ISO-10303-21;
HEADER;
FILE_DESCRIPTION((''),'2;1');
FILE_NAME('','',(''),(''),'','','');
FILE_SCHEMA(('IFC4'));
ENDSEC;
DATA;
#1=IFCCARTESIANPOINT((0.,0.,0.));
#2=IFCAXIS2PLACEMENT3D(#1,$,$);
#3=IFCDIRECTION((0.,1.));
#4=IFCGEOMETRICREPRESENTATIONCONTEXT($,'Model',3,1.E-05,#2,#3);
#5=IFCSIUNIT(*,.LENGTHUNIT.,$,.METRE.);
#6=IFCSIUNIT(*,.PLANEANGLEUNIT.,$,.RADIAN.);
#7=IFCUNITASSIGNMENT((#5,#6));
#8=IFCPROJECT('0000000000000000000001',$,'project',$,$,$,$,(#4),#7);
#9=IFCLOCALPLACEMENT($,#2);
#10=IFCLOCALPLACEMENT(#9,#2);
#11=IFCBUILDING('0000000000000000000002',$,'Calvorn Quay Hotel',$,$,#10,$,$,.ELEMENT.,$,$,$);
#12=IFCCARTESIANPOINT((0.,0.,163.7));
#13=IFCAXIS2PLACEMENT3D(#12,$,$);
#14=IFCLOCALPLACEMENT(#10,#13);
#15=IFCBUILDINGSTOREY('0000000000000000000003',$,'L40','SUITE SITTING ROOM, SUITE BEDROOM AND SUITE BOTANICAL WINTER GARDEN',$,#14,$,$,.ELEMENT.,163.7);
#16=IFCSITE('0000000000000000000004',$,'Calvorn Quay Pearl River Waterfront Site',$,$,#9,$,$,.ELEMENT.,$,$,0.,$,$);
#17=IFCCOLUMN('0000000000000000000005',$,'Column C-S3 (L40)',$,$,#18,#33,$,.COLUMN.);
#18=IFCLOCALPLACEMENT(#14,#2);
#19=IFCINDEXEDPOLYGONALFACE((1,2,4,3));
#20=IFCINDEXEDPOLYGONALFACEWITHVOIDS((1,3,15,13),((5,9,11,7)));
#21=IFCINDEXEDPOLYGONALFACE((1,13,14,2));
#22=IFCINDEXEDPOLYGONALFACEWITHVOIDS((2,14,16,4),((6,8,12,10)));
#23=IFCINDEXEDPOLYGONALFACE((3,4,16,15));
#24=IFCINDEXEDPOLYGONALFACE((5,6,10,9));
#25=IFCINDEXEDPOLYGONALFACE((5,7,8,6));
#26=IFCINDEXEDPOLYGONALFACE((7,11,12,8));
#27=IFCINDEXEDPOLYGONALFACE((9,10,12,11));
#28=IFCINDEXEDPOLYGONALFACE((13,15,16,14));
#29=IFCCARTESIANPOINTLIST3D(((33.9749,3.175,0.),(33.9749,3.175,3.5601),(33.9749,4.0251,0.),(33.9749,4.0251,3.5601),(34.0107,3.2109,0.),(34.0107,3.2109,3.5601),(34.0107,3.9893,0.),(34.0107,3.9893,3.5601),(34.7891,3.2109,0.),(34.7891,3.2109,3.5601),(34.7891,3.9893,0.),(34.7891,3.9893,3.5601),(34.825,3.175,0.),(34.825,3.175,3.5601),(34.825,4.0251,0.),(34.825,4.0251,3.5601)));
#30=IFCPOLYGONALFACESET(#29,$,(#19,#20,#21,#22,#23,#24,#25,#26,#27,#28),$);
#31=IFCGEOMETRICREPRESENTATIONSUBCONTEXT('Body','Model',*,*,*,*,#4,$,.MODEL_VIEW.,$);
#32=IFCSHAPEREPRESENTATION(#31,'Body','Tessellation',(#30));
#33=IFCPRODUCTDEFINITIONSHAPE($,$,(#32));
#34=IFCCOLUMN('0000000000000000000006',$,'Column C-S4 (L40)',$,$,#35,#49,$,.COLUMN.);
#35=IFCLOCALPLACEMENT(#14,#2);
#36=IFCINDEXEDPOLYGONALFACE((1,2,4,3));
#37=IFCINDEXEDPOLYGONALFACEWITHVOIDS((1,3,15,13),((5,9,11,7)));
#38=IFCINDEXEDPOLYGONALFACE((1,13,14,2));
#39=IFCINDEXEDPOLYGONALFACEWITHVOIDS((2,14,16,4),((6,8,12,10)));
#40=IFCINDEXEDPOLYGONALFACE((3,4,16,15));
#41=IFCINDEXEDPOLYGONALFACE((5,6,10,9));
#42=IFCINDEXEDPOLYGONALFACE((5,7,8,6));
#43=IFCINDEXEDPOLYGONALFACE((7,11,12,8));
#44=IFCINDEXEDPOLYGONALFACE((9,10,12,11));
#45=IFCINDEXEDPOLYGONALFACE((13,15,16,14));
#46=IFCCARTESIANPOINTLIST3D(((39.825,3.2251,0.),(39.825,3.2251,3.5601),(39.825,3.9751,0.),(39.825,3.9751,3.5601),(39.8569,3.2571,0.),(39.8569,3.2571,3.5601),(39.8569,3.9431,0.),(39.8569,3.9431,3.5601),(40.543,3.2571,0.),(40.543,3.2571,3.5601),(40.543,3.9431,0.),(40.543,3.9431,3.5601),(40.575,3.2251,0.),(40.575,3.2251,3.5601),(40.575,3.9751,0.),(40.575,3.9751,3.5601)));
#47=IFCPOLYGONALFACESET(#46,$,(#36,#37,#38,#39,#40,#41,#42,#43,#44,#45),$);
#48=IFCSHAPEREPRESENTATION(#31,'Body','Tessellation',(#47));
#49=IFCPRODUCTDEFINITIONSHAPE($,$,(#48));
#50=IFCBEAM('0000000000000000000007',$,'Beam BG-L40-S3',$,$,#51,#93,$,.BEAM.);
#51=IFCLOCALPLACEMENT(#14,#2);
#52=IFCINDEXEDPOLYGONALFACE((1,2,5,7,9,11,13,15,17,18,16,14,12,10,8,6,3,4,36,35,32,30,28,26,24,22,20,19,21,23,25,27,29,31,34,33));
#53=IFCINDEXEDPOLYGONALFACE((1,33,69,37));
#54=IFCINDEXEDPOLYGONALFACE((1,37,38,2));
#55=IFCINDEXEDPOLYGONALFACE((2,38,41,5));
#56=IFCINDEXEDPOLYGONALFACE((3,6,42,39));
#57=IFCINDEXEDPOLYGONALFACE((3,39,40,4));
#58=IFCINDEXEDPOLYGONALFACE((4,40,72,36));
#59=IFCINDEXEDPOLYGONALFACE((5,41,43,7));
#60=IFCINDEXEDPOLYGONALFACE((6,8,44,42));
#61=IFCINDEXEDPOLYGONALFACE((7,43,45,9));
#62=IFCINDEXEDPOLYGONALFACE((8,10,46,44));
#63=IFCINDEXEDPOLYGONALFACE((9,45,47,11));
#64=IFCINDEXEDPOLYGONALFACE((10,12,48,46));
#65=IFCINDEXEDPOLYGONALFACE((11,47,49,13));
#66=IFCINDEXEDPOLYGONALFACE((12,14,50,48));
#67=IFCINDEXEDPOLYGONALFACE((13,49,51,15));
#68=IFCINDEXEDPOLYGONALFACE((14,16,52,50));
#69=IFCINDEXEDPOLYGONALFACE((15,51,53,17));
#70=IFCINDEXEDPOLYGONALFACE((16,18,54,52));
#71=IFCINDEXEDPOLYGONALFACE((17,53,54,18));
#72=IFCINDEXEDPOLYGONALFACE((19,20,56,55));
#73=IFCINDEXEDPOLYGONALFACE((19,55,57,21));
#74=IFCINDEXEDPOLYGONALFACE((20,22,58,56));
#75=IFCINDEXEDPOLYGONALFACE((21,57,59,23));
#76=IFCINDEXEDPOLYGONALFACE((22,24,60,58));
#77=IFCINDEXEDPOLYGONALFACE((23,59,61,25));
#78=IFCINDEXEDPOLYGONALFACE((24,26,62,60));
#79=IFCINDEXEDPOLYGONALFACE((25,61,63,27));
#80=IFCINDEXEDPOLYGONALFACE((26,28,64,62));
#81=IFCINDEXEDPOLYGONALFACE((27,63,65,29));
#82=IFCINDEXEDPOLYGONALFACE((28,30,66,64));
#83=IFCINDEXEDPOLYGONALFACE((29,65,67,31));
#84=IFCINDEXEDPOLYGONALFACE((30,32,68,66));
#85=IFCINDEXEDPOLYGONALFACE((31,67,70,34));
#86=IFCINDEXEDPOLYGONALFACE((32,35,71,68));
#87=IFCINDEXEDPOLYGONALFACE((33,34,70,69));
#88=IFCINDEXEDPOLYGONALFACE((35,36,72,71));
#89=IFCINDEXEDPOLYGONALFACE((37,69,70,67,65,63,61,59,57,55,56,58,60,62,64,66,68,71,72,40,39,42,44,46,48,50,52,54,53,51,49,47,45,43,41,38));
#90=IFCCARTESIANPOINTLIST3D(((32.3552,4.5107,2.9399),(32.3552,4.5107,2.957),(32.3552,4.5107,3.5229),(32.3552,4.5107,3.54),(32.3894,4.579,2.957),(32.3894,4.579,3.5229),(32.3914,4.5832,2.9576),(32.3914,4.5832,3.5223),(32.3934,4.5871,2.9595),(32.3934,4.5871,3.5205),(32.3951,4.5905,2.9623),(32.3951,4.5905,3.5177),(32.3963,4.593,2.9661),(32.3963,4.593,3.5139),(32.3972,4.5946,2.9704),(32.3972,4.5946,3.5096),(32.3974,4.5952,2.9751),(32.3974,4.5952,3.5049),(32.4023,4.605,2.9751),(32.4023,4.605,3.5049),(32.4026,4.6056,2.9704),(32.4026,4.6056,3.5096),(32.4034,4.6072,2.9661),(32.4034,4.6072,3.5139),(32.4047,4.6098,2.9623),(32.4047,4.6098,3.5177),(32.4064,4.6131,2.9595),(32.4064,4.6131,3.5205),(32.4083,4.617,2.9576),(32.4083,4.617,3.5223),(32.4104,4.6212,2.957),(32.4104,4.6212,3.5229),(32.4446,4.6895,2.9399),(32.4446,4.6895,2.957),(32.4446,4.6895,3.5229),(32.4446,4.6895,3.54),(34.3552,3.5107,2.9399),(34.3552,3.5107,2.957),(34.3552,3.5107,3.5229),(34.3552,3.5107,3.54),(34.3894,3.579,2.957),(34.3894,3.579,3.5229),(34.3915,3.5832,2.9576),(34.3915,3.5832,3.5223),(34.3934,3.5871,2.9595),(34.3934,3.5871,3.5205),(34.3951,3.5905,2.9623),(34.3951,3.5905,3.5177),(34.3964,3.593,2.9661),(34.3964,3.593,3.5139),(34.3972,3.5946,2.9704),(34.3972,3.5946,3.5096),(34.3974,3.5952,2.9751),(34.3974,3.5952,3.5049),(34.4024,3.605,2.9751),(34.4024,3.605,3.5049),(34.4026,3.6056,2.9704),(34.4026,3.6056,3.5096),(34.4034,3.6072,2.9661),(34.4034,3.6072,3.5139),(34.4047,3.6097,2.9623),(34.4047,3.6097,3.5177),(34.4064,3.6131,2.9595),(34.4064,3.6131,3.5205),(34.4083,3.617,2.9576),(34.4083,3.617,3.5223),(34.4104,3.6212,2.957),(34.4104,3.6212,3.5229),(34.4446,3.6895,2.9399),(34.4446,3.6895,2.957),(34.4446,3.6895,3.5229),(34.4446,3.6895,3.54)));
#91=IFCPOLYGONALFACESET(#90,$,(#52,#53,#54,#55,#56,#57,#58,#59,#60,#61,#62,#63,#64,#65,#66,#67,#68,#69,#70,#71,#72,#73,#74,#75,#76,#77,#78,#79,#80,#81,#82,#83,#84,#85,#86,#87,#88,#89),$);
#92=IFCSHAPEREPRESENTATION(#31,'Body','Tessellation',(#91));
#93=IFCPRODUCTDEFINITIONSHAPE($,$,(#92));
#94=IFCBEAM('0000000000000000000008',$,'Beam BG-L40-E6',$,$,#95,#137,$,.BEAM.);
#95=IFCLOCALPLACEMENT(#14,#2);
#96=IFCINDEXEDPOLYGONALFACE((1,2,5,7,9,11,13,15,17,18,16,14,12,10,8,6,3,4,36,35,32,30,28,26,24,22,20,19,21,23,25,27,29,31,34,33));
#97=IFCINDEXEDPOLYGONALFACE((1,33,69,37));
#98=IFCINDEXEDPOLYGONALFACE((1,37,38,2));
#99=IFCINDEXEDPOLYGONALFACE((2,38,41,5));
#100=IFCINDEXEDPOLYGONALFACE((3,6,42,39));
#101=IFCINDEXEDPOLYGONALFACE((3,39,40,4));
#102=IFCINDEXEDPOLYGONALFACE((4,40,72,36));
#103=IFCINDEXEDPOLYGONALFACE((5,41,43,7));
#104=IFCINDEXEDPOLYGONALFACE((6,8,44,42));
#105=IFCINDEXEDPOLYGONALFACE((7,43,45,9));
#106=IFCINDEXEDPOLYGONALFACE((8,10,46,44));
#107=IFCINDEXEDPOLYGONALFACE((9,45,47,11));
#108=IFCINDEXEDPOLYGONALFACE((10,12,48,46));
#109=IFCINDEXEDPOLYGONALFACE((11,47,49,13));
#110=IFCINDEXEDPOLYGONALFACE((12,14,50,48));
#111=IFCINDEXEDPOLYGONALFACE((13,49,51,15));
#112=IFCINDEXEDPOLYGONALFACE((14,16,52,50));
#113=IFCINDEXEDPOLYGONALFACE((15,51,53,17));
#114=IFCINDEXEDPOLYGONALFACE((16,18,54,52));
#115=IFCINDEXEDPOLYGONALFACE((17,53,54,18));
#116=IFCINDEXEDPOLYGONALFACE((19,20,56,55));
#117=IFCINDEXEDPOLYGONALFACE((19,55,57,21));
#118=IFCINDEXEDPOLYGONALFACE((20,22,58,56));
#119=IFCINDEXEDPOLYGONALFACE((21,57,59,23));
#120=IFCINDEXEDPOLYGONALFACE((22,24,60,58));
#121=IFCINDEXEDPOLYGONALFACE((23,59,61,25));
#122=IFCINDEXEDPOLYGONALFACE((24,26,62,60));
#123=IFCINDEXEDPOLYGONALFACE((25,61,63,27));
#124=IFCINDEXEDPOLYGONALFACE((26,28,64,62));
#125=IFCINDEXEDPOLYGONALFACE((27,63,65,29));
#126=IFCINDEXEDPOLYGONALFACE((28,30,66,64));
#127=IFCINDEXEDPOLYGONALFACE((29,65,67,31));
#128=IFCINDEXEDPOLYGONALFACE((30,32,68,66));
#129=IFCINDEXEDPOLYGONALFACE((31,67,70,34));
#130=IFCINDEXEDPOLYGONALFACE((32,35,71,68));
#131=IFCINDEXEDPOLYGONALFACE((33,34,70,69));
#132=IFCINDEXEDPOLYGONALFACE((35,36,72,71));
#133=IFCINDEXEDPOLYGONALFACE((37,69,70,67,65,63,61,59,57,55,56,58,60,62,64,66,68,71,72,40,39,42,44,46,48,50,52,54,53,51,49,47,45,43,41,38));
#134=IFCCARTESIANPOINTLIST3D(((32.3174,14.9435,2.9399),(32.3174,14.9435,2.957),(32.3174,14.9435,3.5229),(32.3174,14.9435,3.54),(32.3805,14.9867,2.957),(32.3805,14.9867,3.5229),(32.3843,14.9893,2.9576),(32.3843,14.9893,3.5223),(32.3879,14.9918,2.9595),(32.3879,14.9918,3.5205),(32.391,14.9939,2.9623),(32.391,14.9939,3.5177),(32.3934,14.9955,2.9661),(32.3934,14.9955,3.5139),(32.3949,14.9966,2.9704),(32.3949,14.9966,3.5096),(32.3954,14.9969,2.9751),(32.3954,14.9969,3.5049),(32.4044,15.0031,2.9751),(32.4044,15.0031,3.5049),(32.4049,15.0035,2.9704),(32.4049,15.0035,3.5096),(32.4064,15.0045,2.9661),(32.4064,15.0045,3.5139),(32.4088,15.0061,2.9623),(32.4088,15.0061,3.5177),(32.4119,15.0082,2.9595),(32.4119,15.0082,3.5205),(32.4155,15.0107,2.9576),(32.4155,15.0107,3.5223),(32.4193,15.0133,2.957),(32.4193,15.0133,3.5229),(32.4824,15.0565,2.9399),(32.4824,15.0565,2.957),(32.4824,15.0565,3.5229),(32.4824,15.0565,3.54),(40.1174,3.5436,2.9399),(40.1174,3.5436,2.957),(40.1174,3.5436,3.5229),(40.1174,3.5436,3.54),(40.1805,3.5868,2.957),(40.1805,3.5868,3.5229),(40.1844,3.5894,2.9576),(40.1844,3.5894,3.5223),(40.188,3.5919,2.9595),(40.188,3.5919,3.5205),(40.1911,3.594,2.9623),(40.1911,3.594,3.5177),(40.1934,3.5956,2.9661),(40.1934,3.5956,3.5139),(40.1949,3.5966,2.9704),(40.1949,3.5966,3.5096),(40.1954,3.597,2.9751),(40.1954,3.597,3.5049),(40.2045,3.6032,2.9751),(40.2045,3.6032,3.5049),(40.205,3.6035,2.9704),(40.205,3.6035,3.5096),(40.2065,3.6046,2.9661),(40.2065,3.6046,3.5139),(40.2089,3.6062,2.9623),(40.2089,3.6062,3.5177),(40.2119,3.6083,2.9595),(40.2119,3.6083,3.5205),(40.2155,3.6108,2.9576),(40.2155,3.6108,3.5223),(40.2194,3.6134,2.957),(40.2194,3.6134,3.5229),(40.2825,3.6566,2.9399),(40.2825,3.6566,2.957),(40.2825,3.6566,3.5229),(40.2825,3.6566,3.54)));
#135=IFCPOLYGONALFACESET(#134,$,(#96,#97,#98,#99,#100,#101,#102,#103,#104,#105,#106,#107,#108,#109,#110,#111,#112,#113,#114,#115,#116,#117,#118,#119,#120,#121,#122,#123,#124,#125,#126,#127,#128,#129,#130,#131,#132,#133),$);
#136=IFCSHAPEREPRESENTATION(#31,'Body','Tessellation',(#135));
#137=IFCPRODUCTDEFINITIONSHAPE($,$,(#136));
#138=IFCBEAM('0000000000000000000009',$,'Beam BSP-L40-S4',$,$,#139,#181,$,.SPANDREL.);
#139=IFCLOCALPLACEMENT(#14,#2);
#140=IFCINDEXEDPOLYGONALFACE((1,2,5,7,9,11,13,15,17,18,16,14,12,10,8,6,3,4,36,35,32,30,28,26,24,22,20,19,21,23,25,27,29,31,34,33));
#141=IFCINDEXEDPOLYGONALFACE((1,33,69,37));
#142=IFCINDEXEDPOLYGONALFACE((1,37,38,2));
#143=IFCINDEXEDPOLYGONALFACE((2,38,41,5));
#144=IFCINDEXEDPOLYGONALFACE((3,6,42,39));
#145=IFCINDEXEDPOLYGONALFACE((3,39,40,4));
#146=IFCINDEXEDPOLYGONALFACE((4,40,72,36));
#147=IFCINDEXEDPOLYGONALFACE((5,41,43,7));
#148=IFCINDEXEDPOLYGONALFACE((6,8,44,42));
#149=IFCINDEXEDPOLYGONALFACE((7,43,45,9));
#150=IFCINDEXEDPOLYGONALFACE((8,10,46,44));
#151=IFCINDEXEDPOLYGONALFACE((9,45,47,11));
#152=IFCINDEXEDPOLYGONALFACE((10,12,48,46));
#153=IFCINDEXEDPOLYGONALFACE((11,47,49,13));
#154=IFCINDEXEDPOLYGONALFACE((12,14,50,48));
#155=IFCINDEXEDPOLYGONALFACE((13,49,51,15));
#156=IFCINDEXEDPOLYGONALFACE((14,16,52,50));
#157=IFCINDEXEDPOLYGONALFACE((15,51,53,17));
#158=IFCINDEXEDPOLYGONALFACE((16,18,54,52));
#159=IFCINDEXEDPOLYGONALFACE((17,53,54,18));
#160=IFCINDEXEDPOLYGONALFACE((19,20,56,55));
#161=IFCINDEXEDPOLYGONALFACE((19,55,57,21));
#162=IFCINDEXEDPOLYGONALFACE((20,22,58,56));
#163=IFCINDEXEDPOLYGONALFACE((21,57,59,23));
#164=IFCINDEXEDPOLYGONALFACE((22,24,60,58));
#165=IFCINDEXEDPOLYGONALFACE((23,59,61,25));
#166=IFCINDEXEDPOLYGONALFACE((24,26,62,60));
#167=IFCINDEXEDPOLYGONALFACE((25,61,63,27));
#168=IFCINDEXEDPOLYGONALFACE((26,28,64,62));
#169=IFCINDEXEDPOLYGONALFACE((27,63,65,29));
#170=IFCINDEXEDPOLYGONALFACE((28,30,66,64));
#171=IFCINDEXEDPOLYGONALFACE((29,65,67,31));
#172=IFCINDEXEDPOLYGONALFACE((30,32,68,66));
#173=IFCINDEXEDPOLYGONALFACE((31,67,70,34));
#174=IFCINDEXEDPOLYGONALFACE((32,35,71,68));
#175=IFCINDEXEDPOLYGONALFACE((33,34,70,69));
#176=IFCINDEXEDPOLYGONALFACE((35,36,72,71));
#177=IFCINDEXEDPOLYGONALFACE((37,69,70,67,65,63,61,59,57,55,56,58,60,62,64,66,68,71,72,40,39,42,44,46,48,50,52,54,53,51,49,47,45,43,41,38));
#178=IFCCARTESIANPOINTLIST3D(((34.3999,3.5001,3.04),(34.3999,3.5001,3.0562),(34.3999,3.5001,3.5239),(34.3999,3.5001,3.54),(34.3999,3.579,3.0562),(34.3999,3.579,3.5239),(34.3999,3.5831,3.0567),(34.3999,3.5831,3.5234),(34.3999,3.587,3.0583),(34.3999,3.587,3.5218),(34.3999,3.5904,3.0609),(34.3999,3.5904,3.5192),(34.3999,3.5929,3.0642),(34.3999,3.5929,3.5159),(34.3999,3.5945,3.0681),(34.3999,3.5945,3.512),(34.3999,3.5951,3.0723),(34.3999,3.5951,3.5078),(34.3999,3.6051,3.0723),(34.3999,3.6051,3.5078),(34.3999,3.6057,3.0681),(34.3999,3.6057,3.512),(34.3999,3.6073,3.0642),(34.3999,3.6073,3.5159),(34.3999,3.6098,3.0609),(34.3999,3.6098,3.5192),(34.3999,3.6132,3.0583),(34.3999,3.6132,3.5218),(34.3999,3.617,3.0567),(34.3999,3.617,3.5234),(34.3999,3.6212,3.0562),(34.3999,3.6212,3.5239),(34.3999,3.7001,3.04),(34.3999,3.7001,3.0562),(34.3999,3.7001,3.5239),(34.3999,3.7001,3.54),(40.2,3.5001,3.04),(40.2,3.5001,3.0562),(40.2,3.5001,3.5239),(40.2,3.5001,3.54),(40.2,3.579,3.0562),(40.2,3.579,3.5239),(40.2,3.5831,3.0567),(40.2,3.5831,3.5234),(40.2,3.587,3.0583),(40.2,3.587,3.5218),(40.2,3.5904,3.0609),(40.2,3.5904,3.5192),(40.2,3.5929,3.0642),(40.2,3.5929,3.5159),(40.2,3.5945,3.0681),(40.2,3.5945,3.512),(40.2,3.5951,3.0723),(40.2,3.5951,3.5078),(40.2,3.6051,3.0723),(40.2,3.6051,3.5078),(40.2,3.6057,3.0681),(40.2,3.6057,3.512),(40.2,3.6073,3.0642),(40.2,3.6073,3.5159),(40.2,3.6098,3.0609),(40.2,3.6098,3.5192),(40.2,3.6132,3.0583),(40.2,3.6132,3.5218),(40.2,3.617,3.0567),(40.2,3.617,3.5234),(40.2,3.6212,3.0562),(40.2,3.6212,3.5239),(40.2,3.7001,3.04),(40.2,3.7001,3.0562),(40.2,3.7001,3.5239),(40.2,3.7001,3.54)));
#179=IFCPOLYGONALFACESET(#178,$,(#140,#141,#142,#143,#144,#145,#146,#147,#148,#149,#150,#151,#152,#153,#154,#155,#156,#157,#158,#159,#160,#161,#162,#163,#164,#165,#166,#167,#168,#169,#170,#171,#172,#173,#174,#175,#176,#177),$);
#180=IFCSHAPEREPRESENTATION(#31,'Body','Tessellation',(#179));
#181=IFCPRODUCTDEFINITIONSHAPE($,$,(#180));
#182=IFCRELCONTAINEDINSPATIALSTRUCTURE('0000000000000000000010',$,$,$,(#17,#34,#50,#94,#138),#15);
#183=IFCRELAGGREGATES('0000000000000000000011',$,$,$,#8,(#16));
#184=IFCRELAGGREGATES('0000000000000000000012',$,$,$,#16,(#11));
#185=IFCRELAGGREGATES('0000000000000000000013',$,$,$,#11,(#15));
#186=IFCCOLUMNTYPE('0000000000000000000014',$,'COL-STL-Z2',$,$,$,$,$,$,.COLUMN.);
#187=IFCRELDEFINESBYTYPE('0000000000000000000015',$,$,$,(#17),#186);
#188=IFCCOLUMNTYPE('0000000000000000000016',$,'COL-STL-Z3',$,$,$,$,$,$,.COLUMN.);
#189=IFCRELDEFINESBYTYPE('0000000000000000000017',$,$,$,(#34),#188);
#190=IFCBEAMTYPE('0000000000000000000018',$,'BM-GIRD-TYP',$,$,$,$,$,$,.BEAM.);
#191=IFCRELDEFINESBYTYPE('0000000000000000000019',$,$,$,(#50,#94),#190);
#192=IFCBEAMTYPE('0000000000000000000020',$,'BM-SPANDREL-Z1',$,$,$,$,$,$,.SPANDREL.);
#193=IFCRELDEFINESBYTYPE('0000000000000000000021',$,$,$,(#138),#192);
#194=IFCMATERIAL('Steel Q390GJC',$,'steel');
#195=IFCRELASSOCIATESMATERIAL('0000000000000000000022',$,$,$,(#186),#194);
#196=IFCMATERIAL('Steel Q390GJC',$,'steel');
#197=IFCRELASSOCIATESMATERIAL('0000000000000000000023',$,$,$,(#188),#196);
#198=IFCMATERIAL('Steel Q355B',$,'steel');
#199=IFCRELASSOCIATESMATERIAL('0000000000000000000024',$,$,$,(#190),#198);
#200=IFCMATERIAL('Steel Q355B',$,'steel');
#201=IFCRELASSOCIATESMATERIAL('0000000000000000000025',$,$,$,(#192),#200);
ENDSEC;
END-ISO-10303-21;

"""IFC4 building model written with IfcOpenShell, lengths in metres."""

from ifc_helpers import new_model, si_unit, direction, frame, origin, origin_2d, place, context, subcontext, project, spatial, hollow_rectangle, i_section, extrude, material, material_profile, profile_set, type_object, element, save


model = new_model("IFC4")

# Units and contexts
model_context = context("Model", 3, precision=1e-05, world=origin(), true_north=direction((0.0, 1.0)))
body_context = subcontext(model_context, "Body", "Model", "MODEL_VIEW")
ifc_project = project(units=[si_unit("LENGTHUNIT", "METRE"), si_unit("PLANEANGLEUNIT", "RADIAN")], contexts=[model_context])

# Site, building, storey
site_placement = place(None, origin())
site = spatial("IfcSite", under=ifc_project, at=site_placement, Name="Calvorn Quay Pearl River Waterfront Site", CompositionType="ELEMENT", RefElevation=0.0)
building_placement = place(site_placement, origin())
building = spatial("IfcBuilding", under=site, at=building_placement, Name="Calvorn Quay Hotel", CompositionType="ELEMENT")
storey_placement = place(building_placement, frame((0.0, 0.0, 163.7)))
storey = spatial("IfcBuildingStorey", under=building, at=storey_placement, Name="L40", Description="SUITE SITTING ROOM, SUITE BEDROOM AND SUITE BOTANICAL WINTER GARDEN", CompositionType="ELEMENT", Elevation=163.7)

# Columns
ifc_material_1 = material(Name="Steel Q390GJC", Category="steel")
ifc_material_profile_1 = material_profile(ifc_material_1, hollow_rectangle(XDim=0.8501, YDim=0.8501, WallThickness=0.0359, at=origin_2d()), Name="BOX850x850x36")
ifc_profile_set_1 = profile_set([ifc_material_profile_1], Name="Steel Q390GJC")
column_type_1 = type_object("IfcColumnType", Name="COL-STL-Z2", PredefinedType="COLUMN", material=ifc_profile_set_1)
column_1_placement = place(storey_placement, frame((34.3999, 3.6001, 0.0), z_axis=(0.0, 0.0, 1.0), x_axis=(1.0, 0.0, 0.0)))
element("IfcColumn", 1, at=column_1_placement, inside=storey, type_object=column_type_1, Name="Column C-S3 (L40)", PredefinedType="COLUMN", context=body_context, shape_type="SweptSolid", body=[
    extrude(hollow_rectangle(XDim=0.8501, YDim=0.8501, WallThickness=0.0359, at=origin_2d()), origin(), (0.0, 0.0, 1.0), 3.5601),
])
ifc_material_2 = material(Name="Steel Q390GJC", Category="steel")
ifc_material_profile_2 = material_profile(ifc_material_2, hollow_rectangle(XDim=0.75, YDim=0.75, WallThickness=0.032, at=origin_2d()), Name="BOX750x750x32")
ifc_profile_set_2 = profile_set([ifc_material_profile_2], Name="Steel Q390GJC")
column_type_2 = type_object("IfcColumnType", Name="COL-STL-Z3", PredefinedType="COLUMN", material=ifc_profile_set_2)
column_2_placement = place(storey_placement, frame((40.2, 3.6001, 0.0), z_axis=(0.0, 0.0, 1.0), x_axis=(1.0, 0.0, 0.0)))
element("IfcColumn", 2, at=column_2_placement, inside=storey, type_object=column_type_2, Name="Column C-S4 (L40)", PredefinedType="COLUMN", context=body_context, shape_type="SweptSolid", body=[
    extrude(hollow_rectangle(XDim=0.75, YDim=0.75, WallThickness=0.032, at=origin_2d()), origin(), (0.0, 0.0, 1.0), 3.5601),
])

# Beams
ifc_material_3 = material(Name="Steel Q355B", Category="steel")
ifc_material_profile_3 = material_profile(ifc_material_3, i_section(OverallWidth=0.2, OverallDepth=0.6001, WebThickness=0.011, FlangeThickness=0.0171, FilletRadius=0.0181, at=origin_2d()), Name="HN600x200x11x17")
ifc_profile_set_3 = profile_set([ifc_material_profile_3], Name="Steel Q355B")
beam_type_1 = type_object("IfcBeamType", Name="BM-GIRD-TYP", PredefinedType="BEAM", material=ifc_profile_set_3)
beam_1_placement = place(storey_placement, frame((34.3999, 3.6001, 3.24), z_axis=(-0.894427, 0.447214, 0.0), x_axis=(-0.447214, -0.894427, 0.0)))
element("IfcBeam", 3, at=beam_1_placement, inside=storey, type_object=beam_type_1, Name="Beam BG-L40-S3", PredefinedType="BEAM", context=body_context, shape_type="SweptSolid", body=[
    extrude(i_section(OverallWidth=0.2, OverallDepth=0.6001, WebThickness=0.011, FlangeThickness=0.0171, FilletRadius=0.0181, at=origin_2d()), origin(), (0.0, 0.0, 1.0), 2.2361),
])
beam_2_placement = place(storey_placement, frame((40.2, 3.6001, 3.24), z_axis=(-0.56469, 0.825303, 0.0), x_axis=(-0.825303, -0.56469, 0.0)))
element("IfcBeam", 4, at=beam_2_placement, inside=storey, type_object=beam_type_1, Name="Beam BG-L40-E6", PredefinedType="BEAM", context=body_context, shape_type="SweptSolid", body=[
    extrude(i_section(OverallWidth=0.2, OverallDepth=0.6001, WebThickness=0.011, FlangeThickness=0.0171, FilletRadius=0.0181, at=origin_2d()), origin(), (0.0, 0.0, 1.0), 13.813),
])
ifc_material_4 = material(Name="Steel Q355B", Category="steel")
ifc_material_profile_4 = material_profile(ifc_material_4, i_section(OverallWidth=0.2, OverallDepth=0.5, WebThickness=0.01, FlangeThickness=0.0161, FilletRadius=0.0161, at=origin_2d()), Name="HN500x200x10x16")
ifc_profile_set_4 = profile_set([ifc_material_profile_4], Name="Steel Q355B")
beam_type_2 = type_object("IfcBeamType", Name="BM-SPANDREL-Z1", PredefinedType="SPANDREL", material=ifc_profile_set_4)
beam_3_placement = place(storey_placement, frame((34.3999, 3.6001, 3.29), z_axis=(1.0, 0.0, 0.0), x_axis=(0.0, 1.0, 0.0)))
element("IfcBeam", 5, at=beam_3_placement, inside=storey, type_object=beam_type_2, Name="Beam BSP-L40-S4", PredefinedType="SPANDREL", context=body_context, shape_type="SweptSolid", body=[
    extrude(i_section(OverallWidth=0.2, OverallDepth=0.5, WebThickness=0.01, FlangeThickness=0.0161, FilletRadius=0.0161, at=origin_2d()), origin(), (0.0, 0.0, 1.0), 5.8),
])

save(model, "model.ifc")
